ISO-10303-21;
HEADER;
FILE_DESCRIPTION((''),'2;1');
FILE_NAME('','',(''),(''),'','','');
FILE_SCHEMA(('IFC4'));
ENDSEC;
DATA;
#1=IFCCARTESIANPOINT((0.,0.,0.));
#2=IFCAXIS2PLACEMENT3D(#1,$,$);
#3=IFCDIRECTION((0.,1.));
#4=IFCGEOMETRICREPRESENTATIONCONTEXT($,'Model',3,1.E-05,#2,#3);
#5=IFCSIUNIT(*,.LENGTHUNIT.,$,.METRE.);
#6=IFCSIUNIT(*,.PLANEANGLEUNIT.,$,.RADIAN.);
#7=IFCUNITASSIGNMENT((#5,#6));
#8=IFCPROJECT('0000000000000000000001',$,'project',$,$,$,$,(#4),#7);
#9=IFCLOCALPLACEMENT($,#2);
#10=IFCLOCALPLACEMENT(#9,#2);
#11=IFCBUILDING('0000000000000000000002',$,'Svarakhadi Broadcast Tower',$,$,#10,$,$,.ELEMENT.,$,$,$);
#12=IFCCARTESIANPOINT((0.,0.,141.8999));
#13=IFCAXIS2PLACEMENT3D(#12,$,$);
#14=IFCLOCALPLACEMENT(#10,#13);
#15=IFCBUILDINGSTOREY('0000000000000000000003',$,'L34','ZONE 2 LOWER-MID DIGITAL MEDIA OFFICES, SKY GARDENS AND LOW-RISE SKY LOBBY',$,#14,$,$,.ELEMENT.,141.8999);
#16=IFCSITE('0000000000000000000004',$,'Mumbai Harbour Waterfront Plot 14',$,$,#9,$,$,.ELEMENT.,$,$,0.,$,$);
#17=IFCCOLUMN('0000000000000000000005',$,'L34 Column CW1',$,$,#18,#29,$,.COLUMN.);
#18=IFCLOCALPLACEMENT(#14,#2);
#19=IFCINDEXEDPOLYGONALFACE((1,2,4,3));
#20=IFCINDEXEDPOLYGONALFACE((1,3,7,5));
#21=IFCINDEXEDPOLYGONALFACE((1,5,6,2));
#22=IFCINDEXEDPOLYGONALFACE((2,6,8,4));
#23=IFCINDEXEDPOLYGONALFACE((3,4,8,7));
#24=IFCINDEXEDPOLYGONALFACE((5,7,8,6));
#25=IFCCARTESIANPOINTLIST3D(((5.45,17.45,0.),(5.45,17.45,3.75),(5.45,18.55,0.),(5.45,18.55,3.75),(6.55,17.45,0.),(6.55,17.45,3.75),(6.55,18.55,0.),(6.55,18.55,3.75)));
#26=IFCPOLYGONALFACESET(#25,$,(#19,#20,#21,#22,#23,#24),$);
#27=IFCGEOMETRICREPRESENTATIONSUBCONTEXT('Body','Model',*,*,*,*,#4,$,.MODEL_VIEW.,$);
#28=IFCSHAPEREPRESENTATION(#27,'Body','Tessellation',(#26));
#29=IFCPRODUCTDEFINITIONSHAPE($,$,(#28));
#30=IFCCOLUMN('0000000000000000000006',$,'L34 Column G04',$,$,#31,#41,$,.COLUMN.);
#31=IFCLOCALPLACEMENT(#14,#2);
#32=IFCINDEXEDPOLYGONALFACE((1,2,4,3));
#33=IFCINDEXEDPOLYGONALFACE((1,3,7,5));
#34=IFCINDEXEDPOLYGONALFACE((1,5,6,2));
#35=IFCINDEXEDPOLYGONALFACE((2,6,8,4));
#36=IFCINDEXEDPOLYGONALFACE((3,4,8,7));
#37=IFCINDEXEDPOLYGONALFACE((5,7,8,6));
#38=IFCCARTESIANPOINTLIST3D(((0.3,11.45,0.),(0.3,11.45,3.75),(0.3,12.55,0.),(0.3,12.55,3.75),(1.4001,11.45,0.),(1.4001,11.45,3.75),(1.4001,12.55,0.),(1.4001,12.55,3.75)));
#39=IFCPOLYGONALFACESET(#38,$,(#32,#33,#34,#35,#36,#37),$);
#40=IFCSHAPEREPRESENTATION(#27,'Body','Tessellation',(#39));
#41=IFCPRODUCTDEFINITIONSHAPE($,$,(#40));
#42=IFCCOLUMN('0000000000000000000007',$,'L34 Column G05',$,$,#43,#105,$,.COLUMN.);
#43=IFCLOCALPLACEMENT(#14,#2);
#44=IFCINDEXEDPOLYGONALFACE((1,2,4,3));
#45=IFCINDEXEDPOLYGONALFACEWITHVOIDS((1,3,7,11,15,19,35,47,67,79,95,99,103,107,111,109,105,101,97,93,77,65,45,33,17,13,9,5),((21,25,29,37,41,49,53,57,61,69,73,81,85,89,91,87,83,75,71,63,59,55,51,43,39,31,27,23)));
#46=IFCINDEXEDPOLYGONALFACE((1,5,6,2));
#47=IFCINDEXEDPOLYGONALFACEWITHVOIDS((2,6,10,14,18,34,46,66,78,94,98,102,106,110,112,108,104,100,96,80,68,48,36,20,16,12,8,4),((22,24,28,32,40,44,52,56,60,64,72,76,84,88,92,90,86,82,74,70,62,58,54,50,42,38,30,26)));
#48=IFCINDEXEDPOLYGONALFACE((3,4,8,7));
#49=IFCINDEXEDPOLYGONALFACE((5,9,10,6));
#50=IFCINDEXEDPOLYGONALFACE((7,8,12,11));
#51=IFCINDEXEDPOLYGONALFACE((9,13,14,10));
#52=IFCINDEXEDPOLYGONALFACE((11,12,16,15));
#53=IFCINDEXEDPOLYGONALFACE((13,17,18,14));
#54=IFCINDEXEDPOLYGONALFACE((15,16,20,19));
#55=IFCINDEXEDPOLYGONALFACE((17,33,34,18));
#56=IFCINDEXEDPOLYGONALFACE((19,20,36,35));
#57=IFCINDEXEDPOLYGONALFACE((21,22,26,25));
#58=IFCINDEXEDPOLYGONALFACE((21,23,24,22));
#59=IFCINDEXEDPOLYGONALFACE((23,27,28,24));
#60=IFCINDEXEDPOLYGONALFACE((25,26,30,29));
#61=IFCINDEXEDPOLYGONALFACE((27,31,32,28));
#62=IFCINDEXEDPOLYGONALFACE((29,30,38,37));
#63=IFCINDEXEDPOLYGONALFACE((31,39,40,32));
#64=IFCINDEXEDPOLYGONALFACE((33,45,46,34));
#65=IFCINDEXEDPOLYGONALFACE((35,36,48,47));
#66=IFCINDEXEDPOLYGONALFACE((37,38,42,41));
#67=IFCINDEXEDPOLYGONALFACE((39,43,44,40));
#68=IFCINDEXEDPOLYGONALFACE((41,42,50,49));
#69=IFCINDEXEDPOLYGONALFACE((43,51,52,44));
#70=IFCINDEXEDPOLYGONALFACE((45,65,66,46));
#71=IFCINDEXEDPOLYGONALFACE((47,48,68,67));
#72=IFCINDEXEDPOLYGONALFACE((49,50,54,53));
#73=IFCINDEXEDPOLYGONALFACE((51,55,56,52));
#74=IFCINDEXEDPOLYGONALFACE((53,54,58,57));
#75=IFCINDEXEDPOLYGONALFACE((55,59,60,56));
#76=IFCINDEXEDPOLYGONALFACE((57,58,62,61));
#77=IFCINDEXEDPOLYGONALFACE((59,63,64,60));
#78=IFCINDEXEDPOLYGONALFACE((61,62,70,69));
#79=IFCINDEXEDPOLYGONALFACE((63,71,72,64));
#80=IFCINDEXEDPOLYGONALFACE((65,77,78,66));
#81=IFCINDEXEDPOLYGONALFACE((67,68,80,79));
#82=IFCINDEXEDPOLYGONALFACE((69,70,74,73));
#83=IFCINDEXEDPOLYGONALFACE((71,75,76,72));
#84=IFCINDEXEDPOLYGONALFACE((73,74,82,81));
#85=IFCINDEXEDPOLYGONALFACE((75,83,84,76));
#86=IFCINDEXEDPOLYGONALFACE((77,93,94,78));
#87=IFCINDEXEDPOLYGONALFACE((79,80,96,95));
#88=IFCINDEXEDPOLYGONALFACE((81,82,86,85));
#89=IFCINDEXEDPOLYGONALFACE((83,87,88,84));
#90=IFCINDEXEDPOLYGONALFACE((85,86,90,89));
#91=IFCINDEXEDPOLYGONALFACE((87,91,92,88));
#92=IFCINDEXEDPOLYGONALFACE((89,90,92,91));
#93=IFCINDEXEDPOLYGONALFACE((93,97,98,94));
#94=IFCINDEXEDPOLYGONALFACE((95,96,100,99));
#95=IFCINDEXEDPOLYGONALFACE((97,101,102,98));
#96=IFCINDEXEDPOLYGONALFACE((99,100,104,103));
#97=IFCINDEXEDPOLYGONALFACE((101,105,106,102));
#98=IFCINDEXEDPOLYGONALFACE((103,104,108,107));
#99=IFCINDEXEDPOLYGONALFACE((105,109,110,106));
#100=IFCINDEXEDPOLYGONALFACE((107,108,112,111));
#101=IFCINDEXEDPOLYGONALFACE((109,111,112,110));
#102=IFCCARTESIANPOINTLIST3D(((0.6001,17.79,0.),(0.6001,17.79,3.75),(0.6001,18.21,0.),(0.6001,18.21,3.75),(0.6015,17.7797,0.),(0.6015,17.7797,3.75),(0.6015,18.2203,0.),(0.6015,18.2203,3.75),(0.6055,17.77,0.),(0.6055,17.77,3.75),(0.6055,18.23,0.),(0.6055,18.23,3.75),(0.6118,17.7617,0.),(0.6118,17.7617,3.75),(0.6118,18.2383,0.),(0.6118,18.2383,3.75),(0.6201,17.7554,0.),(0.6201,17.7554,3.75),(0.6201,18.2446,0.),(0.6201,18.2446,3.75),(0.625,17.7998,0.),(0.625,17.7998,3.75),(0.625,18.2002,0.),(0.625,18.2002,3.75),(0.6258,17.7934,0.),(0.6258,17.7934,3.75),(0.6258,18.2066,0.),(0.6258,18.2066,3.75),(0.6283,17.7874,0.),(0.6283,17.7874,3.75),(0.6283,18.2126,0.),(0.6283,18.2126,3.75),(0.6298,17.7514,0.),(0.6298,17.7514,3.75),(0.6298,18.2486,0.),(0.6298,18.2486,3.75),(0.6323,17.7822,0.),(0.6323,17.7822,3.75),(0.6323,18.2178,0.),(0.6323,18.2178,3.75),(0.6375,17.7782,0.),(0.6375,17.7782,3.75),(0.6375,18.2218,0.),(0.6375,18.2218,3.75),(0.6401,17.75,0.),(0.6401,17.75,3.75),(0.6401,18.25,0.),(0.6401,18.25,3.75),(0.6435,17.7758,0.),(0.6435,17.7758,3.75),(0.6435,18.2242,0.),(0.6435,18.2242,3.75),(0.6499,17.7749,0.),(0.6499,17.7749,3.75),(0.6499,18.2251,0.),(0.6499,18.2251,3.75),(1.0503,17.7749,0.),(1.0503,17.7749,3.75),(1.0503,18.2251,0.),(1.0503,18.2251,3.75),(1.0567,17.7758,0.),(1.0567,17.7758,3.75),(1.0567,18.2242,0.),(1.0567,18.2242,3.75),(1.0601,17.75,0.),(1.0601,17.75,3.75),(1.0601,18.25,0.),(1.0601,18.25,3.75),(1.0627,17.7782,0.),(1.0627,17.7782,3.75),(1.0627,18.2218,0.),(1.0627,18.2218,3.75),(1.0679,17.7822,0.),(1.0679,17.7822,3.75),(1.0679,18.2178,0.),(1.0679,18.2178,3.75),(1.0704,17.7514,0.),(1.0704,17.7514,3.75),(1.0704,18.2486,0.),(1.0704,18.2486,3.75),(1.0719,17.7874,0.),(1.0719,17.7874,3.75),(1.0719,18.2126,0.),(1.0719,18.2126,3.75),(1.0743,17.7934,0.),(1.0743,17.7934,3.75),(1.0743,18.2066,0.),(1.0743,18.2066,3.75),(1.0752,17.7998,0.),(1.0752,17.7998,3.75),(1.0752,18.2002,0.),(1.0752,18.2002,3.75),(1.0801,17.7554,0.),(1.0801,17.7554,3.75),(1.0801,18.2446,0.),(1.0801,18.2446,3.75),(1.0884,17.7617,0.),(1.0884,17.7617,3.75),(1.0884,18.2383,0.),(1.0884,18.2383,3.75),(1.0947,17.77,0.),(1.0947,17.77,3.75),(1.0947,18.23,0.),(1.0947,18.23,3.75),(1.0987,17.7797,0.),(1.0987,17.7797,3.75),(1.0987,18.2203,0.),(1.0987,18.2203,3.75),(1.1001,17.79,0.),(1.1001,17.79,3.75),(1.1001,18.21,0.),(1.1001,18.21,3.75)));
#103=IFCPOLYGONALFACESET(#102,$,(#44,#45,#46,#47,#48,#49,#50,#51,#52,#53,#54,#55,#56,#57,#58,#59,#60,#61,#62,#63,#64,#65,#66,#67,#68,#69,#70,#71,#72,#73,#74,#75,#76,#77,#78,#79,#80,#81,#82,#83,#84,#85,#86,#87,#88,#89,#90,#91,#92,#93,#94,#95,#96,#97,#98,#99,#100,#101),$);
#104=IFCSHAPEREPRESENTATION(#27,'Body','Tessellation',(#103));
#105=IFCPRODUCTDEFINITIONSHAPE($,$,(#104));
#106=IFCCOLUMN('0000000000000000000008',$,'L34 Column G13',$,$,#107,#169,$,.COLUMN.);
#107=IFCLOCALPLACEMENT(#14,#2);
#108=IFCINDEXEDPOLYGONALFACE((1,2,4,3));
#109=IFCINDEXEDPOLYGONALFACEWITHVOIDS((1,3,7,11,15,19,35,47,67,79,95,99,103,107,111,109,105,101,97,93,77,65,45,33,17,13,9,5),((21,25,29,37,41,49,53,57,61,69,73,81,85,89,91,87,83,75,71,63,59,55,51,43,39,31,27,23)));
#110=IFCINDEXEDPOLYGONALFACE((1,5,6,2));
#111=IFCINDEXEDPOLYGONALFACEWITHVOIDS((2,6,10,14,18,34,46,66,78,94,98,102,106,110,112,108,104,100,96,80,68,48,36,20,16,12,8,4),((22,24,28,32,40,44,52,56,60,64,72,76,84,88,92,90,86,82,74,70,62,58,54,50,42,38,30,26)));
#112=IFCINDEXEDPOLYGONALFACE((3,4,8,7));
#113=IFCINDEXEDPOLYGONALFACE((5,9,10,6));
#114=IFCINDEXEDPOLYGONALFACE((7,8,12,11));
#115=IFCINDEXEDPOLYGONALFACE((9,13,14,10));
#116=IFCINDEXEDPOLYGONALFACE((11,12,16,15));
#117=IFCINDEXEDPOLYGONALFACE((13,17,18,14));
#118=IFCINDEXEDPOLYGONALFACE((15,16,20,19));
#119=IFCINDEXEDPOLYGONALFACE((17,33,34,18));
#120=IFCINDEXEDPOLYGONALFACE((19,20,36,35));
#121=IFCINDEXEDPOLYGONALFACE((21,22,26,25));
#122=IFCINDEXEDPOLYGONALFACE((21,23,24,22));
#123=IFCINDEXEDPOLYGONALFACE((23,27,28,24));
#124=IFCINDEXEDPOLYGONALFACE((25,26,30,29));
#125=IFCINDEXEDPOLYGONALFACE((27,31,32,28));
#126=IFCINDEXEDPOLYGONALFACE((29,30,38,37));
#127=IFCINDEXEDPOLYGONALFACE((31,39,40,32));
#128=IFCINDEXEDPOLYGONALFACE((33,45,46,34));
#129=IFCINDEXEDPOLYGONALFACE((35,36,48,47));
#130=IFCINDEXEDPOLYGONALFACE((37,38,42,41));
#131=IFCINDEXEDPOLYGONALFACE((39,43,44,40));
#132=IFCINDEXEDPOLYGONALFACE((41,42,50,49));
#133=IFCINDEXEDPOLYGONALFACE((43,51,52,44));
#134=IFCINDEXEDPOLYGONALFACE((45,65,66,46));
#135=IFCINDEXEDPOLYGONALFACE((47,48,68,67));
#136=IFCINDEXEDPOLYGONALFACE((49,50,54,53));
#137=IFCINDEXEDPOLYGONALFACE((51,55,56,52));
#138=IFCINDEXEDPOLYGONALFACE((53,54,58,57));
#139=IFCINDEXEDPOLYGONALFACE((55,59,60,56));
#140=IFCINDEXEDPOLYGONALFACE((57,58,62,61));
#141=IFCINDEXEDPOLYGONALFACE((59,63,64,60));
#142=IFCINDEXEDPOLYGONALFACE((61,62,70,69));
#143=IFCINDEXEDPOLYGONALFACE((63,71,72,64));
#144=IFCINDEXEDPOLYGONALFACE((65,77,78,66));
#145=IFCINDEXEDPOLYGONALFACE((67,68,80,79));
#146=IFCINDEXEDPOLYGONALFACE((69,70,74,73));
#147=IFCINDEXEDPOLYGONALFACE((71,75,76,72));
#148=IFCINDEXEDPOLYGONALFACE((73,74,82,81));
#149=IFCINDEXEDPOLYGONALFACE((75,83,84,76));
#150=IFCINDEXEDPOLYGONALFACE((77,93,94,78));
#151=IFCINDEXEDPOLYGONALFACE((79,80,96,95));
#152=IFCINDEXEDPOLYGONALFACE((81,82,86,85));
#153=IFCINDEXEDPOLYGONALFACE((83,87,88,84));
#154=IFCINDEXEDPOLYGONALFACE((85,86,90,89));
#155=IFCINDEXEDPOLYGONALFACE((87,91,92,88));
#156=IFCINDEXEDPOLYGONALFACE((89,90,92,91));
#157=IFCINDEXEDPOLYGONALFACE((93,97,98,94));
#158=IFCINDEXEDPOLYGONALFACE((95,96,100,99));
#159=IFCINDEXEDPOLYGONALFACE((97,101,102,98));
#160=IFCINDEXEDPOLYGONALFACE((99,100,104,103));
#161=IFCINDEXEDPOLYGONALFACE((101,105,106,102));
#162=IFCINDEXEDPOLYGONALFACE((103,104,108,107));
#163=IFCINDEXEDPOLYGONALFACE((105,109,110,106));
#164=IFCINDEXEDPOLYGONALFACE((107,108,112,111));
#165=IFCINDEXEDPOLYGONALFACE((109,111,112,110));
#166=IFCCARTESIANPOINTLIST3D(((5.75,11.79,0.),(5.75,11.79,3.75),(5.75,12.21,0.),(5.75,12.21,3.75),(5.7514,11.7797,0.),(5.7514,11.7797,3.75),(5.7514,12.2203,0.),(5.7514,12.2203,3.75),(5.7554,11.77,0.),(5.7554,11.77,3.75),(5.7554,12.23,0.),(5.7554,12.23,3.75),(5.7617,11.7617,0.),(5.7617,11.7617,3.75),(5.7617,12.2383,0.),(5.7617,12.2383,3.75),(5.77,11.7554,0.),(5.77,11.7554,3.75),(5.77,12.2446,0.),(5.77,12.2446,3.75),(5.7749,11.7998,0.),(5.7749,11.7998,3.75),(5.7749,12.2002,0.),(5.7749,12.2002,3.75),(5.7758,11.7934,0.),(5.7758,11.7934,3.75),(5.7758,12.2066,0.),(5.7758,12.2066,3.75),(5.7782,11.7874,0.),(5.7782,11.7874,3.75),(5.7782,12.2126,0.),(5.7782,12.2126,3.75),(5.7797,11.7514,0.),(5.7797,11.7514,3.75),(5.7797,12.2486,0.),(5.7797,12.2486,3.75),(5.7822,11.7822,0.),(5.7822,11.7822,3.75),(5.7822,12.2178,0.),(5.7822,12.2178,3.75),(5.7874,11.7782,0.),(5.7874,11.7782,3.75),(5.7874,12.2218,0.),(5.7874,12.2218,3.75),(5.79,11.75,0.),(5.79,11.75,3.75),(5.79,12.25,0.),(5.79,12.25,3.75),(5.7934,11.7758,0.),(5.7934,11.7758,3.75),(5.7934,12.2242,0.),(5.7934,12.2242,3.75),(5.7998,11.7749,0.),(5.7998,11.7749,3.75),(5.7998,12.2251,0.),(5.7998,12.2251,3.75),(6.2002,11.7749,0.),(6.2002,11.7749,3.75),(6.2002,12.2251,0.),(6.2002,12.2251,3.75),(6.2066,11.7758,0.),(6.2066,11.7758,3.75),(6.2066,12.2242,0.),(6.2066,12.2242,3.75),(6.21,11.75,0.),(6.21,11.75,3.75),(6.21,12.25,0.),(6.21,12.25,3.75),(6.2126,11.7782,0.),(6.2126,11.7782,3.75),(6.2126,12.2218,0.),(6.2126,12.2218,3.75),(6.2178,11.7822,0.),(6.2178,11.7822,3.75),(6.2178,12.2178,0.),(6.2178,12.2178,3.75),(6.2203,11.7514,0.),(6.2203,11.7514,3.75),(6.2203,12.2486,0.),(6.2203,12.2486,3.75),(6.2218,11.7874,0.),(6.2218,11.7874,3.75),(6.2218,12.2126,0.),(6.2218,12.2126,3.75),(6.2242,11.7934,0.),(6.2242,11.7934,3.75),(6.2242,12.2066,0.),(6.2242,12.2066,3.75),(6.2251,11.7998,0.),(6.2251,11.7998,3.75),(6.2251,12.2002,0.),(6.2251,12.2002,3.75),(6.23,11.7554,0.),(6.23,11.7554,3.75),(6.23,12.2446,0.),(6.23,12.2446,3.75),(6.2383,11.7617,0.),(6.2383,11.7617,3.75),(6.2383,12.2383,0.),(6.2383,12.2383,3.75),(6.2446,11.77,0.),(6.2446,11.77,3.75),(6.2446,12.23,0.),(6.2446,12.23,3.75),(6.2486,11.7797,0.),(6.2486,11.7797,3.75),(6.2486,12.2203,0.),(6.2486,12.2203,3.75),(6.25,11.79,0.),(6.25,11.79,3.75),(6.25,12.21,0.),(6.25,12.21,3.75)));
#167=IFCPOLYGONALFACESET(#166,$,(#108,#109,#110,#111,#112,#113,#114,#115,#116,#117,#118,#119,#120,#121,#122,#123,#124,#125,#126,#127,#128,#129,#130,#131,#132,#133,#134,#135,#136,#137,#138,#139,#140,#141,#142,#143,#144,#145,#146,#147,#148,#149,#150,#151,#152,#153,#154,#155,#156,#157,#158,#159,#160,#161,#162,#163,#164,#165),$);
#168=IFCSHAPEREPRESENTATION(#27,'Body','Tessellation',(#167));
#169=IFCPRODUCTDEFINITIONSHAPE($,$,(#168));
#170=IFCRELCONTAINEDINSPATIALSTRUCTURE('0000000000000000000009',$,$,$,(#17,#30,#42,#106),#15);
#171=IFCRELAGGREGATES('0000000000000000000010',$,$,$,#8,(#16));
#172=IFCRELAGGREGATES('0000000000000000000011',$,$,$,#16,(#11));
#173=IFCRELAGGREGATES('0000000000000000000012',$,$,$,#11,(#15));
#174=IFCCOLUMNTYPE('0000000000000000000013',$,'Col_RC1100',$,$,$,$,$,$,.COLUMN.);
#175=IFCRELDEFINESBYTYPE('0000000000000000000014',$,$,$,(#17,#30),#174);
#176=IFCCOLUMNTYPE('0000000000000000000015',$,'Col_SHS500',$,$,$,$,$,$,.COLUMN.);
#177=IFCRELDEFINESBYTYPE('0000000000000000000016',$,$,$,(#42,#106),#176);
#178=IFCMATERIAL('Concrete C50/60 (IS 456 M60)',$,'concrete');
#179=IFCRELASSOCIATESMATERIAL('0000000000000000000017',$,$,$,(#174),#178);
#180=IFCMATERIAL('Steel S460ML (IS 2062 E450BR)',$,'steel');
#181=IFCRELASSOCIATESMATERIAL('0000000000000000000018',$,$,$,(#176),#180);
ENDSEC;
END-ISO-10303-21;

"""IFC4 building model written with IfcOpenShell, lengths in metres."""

from ifc_helpers import new_model, si_unit, direction, frame, origin, origin_2d, place, context, subcontext, project, spatial, rectangle, hollow_rectangle, extrude, material, material_profile, profile_set, type_object, element, save


model = new_model("IFC4")

# Units and contexts
model_context = context("Model", 3, precision=1e-05, world=origin(), true_north=direction((0.0, 1.0)))
body_context = subcontext(model_context, "Body", "Model", "MODEL_VIEW")
ifc_project = project(units=[si_unit("LENGTHUNIT", "METRE"), si_unit("PLANEANGLEUNIT", "RADIAN")], contexts=[model_context])

# Site, building, storey
site_placement = place(None, origin())
site = spatial("IfcSite", under=ifc_project, at=site_placement, Name="Mumbai Harbour Waterfront Plot 14", CompositionType="ELEMENT", RefElevation=0.0)
building_placement = place(site_placement, origin())
building = spatial("IfcBuilding", under=site, at=building_placement, Name="Svarakhadi Broadcast Tower", CompositionType="ELEMENT")
storey_placement = place(building_placement, frame((0.0, 0.0, 141.8999)))
storey = spatial("IfcBuildingStorey", under=building, at=storey_placement, Name="L34", Description="ZONE 2 LOWER-MID DIGITAL MEDIA OFFICES, SKY GARDENS AND LOW-RISE SKY LOBBY", CompositionType="ELEMENT", Elevation=141.8999)

# Columns
ifc_material_1 = material(Name="Concrete C50/60 (IS 456 M60)", Category="concrete")
ifc_material_profile_1 = material_profile(ifc_material_1, rectangle(XDim=1.1001, YDim=1.1001, at=origin_2d()), Name="RC 1100x1100")
ifc_profile_set_1 = profile_set([ifc_material_profile_1], Name="Concrete C50/60 (IS 456 M60)")
column_type_1 = type_object("IfcColumnType", Name="Col_RC1100", PredefinedType="COLUMN", material=ifc_profile_set_1)
for number, where, z_axis, x_axis, name in (
    (1, (6.0, 18.0, 0.0), (0.0, 0.0, 1.0), (1.0, 0.0, 0.0), "L34 Column CW1"),
    (2, (0.8501, 12.0, 0.0), (0.0, 0.0, 1.0), (1.0, 0.0, 0.0), "L34 Column G04"),
):
    element("IfcColumn", number, at=place(storey_placement, frame(where, z_axis=z_axis, x_axis=x_axis)), inside=storey, type_object=column_type_1, Name=name, PredefinedType="COLUMN", context=body_context, shape_type="SweptSolid", body=[
        extrude(rectangle(XDim=1.1001, YDim=1.1001, at=origin_2d()), origin(), (0.0, 0.0, 1.0), 3.75),
    ])
ifc_material_2 = material(Name="Steel S460ML (IS 2062 E450BR)", Category="steel")
ifc_material_profile_2 = material_profile(ifc_material_2, hollow_rectangle(XDim=0.5, YDim=0.5, WallThickness=0.0249, InnerFilletRadius=0.0249, OuterFilletRadius=0.04, at=origin_2d()), Name="SHS 500x500x25")
ifc_profile_set_2 = profile_set([ifc_material_profile_2], Name="Steel S460ML (IS 2062 E450BR)")
column_type_2 = type_object("IfcColumnType", Name="Col_SHS500", PredefinedType="COLUMN", material=ifc_profile_set_2)
for number, where, z_axis, x_axis, name in (
    (3, (0.8501, 18.0, 0.0), (0.0, 0.0, 1.0), (1.0, 0.0, 0.0), "L34 Column G05"),
    (4, (6.0, 12.0, 0.0), (0.0, 0.0, 1.0), (1.0, 0.0, 0.0), "L34 Column G13"),
):
    element("IfcColumn", number, at=place(storey_placement, frame(where, z_axis=z_axis, x_axis=x_axis)), inside=storey, type_object=column_type_2, Name=name, PredefinedType="COLUMN", context=body_context, shape_type="SweptSolid", body=[
        extrude(hollow_rectangle(XDim=0.5, YDim=0.5, WallThickness=0.0249, InnerFilletRadius=0.0249, OuterFilletRadius=0.04, at=origin_2d()), origin(), (0.0, 0.0, 1.0), 3.75),
    ])

save(model, "model.ifc")
